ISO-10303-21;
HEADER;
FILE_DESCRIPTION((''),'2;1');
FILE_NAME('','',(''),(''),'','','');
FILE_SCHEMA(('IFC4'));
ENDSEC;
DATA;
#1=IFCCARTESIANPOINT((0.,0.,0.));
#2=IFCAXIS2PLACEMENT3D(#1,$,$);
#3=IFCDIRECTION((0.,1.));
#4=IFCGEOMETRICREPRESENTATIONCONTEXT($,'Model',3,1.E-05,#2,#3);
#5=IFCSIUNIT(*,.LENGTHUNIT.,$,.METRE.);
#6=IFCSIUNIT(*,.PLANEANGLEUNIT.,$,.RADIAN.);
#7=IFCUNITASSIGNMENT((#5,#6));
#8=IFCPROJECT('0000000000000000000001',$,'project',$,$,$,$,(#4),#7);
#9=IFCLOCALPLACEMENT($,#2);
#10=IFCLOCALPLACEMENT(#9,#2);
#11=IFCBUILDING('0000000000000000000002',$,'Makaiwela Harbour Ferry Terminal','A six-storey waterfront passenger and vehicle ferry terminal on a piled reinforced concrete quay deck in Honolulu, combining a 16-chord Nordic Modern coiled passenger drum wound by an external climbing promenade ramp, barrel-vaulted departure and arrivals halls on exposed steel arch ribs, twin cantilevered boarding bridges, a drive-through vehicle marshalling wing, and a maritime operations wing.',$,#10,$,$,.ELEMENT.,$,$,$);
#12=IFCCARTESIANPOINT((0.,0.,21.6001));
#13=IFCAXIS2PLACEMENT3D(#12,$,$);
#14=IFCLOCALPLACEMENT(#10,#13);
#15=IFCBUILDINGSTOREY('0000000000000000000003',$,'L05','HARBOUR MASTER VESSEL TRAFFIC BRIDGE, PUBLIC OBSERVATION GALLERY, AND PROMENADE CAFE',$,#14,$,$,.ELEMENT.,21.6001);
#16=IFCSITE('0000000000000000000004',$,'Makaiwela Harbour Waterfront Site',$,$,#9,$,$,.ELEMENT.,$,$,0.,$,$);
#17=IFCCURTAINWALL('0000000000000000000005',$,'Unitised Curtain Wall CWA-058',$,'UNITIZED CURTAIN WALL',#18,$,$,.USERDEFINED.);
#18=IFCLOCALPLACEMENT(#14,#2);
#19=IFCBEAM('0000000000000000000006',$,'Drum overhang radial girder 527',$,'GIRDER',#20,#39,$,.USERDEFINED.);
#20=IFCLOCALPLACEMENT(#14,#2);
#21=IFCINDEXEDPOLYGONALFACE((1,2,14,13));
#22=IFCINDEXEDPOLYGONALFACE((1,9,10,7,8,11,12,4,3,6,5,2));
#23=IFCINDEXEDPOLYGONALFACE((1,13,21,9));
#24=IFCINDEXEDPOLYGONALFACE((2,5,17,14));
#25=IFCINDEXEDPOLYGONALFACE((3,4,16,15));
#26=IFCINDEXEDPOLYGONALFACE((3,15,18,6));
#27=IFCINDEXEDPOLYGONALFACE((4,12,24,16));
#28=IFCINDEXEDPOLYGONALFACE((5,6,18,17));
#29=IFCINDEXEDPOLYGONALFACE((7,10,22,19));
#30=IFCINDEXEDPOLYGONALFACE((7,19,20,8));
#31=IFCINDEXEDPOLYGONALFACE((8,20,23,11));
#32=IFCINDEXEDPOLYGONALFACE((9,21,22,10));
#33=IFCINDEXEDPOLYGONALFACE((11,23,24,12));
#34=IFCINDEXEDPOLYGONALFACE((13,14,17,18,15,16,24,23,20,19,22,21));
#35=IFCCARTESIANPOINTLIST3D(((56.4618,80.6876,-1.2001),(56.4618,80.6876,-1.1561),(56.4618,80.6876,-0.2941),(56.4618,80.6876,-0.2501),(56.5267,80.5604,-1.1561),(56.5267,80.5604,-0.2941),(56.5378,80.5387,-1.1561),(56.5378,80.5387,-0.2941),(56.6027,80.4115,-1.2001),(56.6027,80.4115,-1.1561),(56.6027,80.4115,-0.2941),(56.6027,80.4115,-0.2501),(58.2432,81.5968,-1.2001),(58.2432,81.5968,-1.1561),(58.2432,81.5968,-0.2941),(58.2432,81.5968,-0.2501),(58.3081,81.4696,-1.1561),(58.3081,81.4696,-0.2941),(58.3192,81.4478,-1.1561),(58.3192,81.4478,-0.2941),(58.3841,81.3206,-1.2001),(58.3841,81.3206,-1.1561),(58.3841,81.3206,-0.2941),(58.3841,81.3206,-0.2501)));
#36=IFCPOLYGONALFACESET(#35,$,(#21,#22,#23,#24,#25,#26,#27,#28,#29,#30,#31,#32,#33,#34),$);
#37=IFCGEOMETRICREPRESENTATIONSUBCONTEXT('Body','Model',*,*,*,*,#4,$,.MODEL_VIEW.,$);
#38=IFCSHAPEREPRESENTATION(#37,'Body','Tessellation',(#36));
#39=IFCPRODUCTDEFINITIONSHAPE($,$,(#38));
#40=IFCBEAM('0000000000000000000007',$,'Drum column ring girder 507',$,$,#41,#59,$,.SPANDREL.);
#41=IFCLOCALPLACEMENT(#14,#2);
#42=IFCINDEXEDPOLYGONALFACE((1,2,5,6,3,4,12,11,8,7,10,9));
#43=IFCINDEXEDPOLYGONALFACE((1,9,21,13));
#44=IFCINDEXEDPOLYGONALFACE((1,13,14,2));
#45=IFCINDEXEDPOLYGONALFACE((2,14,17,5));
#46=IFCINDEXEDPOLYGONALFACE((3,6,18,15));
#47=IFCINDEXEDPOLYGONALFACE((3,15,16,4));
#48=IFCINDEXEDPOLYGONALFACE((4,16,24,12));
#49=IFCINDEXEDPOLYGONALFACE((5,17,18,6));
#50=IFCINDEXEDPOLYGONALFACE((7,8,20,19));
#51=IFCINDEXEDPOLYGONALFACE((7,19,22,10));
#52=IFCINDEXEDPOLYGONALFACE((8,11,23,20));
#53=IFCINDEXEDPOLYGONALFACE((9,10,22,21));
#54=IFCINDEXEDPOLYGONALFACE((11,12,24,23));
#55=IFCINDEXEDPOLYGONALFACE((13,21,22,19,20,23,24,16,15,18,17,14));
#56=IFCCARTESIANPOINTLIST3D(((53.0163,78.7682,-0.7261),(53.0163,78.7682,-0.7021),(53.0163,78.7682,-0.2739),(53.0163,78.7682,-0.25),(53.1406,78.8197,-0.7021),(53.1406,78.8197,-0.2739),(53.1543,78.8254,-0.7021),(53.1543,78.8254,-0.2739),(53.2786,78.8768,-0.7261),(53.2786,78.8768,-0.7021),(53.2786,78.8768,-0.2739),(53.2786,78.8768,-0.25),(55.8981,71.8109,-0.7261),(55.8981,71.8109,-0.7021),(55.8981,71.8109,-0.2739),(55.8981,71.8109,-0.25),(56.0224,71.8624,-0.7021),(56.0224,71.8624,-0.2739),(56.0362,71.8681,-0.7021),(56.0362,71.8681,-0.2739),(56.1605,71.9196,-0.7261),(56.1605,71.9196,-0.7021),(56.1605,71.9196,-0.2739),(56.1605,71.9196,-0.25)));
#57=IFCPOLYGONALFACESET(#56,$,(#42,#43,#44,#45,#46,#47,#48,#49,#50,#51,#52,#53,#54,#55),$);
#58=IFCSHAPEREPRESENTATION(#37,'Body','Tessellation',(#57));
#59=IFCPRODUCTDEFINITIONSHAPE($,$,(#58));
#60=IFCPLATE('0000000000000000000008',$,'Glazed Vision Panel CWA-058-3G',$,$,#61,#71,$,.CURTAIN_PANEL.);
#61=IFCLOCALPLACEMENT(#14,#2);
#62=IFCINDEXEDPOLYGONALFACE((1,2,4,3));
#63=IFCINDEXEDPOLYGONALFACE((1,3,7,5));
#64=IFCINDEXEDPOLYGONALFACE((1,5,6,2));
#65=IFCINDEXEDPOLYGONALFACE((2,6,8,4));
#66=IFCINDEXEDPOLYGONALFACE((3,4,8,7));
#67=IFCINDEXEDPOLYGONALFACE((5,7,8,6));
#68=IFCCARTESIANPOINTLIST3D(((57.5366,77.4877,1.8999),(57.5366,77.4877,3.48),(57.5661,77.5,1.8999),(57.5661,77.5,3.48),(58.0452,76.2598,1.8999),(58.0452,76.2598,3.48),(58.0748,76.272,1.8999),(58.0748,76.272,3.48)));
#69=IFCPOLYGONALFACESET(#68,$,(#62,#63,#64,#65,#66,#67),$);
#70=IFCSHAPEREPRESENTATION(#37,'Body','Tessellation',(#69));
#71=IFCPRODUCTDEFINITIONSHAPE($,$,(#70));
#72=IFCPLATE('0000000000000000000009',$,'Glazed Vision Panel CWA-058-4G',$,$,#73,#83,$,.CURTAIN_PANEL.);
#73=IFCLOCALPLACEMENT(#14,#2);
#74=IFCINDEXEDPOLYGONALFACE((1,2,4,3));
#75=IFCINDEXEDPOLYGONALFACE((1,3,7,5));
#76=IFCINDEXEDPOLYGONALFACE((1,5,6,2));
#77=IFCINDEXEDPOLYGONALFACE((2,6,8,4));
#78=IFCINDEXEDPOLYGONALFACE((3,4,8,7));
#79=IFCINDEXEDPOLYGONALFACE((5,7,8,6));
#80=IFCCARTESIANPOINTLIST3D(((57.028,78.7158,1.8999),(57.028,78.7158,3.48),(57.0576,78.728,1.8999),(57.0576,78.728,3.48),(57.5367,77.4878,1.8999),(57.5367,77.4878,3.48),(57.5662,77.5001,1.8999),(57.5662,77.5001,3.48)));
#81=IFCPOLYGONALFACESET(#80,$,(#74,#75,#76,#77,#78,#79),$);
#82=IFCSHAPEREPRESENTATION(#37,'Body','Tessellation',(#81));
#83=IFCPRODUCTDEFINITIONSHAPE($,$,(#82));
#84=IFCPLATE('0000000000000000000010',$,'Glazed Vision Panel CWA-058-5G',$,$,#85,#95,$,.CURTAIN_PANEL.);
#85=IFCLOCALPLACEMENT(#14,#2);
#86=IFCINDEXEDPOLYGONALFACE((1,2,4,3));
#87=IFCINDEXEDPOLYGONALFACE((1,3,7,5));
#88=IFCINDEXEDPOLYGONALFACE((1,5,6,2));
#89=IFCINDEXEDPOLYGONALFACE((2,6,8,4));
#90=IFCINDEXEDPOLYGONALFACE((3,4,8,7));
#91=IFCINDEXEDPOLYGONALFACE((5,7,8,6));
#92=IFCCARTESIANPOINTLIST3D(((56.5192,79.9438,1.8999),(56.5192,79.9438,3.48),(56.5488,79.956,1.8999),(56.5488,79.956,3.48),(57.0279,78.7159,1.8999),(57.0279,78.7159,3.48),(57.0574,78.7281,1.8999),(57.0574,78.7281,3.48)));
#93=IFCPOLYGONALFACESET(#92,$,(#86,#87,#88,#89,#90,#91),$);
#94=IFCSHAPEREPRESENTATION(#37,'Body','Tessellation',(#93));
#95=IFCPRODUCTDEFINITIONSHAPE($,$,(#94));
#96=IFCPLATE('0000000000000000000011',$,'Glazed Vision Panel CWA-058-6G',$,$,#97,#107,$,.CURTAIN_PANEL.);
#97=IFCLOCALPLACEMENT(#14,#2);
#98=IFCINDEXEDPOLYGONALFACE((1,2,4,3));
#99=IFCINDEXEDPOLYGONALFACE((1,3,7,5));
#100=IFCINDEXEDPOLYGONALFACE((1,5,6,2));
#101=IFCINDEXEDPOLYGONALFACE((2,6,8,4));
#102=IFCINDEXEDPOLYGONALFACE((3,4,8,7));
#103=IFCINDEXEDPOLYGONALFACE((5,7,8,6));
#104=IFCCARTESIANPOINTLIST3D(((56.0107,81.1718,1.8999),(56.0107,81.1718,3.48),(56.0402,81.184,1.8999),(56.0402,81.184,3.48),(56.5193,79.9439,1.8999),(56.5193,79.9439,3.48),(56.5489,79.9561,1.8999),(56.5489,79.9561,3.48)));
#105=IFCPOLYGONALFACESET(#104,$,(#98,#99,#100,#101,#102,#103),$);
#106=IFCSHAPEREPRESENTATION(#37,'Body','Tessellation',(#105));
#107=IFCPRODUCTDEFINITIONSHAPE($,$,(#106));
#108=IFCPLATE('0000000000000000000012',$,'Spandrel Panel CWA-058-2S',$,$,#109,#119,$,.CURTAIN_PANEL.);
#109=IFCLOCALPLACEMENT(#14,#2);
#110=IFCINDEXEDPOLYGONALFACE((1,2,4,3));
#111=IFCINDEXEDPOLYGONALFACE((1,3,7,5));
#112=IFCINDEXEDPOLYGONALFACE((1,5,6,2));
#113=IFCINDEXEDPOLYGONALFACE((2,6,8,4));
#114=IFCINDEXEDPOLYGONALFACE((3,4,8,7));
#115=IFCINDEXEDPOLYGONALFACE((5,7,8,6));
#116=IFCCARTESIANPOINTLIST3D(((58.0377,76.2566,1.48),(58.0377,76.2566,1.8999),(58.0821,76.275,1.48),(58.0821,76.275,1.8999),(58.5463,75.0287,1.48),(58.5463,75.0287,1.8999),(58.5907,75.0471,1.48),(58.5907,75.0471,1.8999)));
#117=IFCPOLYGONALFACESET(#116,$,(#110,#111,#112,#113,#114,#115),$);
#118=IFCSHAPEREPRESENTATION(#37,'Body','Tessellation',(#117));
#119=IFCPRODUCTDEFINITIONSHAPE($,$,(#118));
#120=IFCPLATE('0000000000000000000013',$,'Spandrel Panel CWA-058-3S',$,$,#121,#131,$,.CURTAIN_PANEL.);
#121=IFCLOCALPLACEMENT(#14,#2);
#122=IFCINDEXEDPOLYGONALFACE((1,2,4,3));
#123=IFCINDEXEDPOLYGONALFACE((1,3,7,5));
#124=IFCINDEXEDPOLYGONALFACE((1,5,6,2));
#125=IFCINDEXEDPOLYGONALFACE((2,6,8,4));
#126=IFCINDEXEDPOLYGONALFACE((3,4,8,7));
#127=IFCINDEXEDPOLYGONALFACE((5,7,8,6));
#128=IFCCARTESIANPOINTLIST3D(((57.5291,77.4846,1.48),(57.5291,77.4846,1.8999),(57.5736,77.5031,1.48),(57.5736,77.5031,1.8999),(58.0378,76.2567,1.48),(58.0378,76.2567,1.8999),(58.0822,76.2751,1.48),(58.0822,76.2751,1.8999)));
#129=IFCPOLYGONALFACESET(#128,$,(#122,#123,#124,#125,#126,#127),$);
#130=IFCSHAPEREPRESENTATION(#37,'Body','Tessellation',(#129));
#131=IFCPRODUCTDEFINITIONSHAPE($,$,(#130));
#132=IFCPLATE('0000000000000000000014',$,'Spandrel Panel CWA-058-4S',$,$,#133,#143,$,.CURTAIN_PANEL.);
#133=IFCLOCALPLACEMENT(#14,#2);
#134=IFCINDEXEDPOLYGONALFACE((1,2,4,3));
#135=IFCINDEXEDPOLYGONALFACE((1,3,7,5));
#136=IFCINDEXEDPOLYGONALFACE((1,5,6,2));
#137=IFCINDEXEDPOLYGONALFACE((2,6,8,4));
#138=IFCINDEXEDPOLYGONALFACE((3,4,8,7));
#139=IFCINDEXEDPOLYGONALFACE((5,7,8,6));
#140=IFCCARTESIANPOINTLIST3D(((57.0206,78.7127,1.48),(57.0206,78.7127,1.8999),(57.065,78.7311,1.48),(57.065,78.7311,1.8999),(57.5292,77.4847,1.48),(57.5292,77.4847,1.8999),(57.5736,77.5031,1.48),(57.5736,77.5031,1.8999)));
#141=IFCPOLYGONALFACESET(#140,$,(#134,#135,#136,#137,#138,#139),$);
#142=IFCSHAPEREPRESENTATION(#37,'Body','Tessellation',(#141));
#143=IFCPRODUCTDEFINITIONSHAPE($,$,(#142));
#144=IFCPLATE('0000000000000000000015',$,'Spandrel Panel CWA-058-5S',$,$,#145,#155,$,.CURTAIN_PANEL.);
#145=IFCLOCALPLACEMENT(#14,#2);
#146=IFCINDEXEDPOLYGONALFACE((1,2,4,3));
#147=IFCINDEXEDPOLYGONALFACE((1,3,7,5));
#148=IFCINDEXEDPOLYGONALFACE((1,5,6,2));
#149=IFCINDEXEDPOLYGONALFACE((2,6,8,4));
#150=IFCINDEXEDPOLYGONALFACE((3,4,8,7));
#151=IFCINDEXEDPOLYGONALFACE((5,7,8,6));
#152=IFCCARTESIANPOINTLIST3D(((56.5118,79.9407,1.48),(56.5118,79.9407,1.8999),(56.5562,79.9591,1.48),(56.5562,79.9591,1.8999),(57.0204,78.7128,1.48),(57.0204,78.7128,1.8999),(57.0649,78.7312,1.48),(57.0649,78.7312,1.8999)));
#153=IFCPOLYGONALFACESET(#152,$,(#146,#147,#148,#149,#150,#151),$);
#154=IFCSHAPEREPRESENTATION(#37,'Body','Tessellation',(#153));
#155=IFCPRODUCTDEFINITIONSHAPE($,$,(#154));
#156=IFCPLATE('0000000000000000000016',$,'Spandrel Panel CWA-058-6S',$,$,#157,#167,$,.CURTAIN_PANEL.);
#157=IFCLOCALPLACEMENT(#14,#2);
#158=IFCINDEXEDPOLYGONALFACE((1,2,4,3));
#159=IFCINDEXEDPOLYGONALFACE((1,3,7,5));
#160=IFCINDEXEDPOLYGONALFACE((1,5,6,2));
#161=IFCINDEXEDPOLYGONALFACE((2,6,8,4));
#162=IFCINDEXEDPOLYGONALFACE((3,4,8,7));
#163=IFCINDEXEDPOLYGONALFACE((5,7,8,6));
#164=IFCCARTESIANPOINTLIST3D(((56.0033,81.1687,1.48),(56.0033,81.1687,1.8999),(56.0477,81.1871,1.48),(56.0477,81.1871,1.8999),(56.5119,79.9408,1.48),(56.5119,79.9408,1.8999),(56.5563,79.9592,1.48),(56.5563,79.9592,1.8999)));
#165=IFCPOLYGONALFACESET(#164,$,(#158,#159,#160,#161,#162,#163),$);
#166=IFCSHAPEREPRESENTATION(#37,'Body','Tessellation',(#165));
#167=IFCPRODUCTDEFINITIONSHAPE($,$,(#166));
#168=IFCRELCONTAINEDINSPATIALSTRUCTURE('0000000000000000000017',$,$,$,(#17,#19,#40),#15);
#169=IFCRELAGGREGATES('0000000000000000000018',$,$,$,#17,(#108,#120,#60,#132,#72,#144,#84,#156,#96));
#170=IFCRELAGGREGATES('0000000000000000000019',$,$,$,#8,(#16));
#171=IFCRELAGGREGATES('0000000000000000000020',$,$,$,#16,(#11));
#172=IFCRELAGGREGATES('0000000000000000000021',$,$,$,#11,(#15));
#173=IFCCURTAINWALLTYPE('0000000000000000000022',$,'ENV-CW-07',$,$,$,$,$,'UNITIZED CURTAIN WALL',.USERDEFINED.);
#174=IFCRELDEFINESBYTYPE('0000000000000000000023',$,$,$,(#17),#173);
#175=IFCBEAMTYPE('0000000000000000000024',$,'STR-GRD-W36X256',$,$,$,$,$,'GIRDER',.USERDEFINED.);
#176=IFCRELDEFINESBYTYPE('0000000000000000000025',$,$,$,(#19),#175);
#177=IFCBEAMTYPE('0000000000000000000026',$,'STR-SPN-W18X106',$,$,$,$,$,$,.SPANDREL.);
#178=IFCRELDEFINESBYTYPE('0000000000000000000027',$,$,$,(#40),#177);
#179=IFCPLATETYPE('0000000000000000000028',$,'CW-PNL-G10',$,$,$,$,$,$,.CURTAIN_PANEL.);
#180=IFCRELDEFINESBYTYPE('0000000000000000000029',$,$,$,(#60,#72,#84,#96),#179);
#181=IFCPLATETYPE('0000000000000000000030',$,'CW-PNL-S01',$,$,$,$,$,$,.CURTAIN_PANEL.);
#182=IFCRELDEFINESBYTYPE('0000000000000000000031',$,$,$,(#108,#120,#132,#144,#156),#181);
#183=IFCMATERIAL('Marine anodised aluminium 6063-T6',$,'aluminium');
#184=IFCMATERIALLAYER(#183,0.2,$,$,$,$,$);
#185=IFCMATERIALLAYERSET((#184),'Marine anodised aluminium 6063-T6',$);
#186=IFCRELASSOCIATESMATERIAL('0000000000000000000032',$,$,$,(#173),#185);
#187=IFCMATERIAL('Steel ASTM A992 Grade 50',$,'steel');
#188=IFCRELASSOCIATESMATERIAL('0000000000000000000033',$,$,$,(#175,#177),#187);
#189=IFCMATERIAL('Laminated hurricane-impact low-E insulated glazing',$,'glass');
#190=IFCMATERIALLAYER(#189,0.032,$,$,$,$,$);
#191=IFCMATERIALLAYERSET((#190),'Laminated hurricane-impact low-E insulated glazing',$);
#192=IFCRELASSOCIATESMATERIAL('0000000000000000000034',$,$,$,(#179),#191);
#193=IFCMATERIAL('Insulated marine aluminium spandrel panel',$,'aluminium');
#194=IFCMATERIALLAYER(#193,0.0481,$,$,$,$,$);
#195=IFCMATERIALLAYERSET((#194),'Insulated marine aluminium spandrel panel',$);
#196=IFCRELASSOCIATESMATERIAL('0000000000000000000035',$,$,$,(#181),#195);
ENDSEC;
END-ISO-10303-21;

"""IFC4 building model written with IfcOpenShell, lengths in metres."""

from ifc_helpers import new_model, si_unit, direction, frame, origin, origin_2d, place, context, subcontext, project, spatial, rectangle, i_section, extrude, material, layer, layer_set, material_profile, profile_set, type_object, element, aggregate, save


model = new_model("IFC4")

# Units and contexts
model_context = context("Model", 3, precision=1e-05, world=origin(), true_north=direction((0.0, 1.0)))
body_context = subcontext(model_context, "Body", "Model", "MODEL_VIEW")
ifc_project = project(units=[si_unit("LENGTHUNIT", "METRE"), si_unit("PLANEANGLEUNIT", "RADIAN")], contexts=[model_context])

# Site, building, storey
site_placement = place(None, origin())
site = spatial("IfcSite", under=ifc_project, at=site_placement, Name="Makaiwela Harbour Waterfront Site", CompositionType="ELEMENT", RefElevation=0.0)
building_placement = place(site_placement, origin())
building = spatial("IfcBuilding", under=site, at=building_placement, Name="Makaiwela Harbour Ferry Terminal", Description="A six-storey waterfront passenger and vehicle ferry terminal on a piled reinforced concrete quay deck in Honolulu, combining a 16-chord Nordic Modern coiled passenger drum wound by an external climbing promenade ramp, barrel-vaulted departure and arrivals halls on exposed steel arch ribs, twin cantilevered boarding bridges, a drive-through vehicle marshalling wing, and a maritime operations wing.", CompositionType="ELEMENT")
storey_placement = place(building_placement, frame((0.0, 0.0, 21.6001)))
storey = spatial("IfcBuildingStorey", under=building, at=storey_placement, Name="L05", Description="HARBOUR MASTER VESSEL TRAFFIC BRIDGE, PUBLIC OBSERVATION GALLERY, AND PROMENADE CAFE", CompositionType="ELEMENT", Elevation=21.6001)

# Shared definitions
ifc_material_1 = material(Name="Steel ASTM A992 Grade 50", Category="steel")

# Curtain wall
ifc_material_2 = material(Name="Marine anodised aluminium 6063-T6", Category="aluminium")
ifc_layer_1 = layer(ifc_material_2, 0.2)
ifc_layer_set_1 = layer_set([ifc_layer_1], Name="Marine anodised aluminium 6063-T6")
curtain_wall_type = type_object("IfcCurtainWallType", Name="ENV-CW-07", ElementType="UNITIZED CURTAIN WALL", PredefinedType="USERDEFINED", material=ifc_layer_set_1)
curtain_wall_placement = place(storey_placement, origin())
curtain_wall = element("IfcCurtainWall", 1, at=curtain_wall_placement, inside=storey, type_object=curtain_wall_type, Name="Unitised Curtain Wall CWA-058", ObjectType="UNITIZED CURTAIN WALL", PredefinedType="USERDEFINED")

# Beams
ifc_material_profile_1 = material_profile(ifc_material_1, i_section(OverallWidth=0.3101, OverallDepth=0.95, WebThickness=0.0244, FlangeThickness=0.0439, at=origin_2d()), Name="W36X256")
ifc_profile_set_1 = profile_set([ifc_material_profile_1], Name="Steel ASTM A992 Grade 50")
beam_type_1 = type_object("IfcBeamType", Name="STR-GRD-W36X256", ElementType="GIRDER", PredefinedType="USERDEFINED", material=ifc_profile_set_1)
beam_1_placement = place(storey_placement, frame((56.5322, 80.5496, -0.7251), z_axis=(0.89071, 0.454571, 0.0), x_axis=(-0.454571, 0.89071, 0.0)))
element("IfcBeam", 2, at=beam_1_placement, inside=storey, type_object=beam_type_1, Name="Drum overhang radial girder 527", ObjectType="GIRDER", PredefinedType="USERDEFINED", context=body_context, shape_type="SweptSolid", body=[
    extrude(i_section(OverallWidth=0.3101, OverallDepth=0.95, WebThickness=0.0244, FlangeThickness=0.0439, at=origin_2d()), origin(), (0.0, 0.0, 1.0), 2.0),
])
ifc_material_profile_2 = material_profile(ifc_material_1, i_section(OverallWidth=0.2839, OverallDepth=0.4761, WebThickness=0.0149, FlangeThickness=0.0239, at=origin_2d()), Name="W18X106")
ifc_profile_set_2 = profile_set([ifc_material_profile_2], Name="Steel ASTM A992 Grade 50")
beam_type_2 = type_object("IfcBeamType", Name="STR-SPN-W18X106", PredefinedType="SPANDREL", material=ifc_profile_set_2)
beam_2_placement = place(storey_placement, frame((56.0293, 71.8652, -0.488), z_axis=(-0.382688, 0.923878, 0.0), x_axis=(-0.923878, -0.382688, 0.0)))
element("IfcBeam", 3, at=beam_2_placement, inside=storey, type_object=beam_type_2, Name="Drum column ring girder 507", PredefinedType="SPANDREL", context=body_context, shape_type="SweptSolid", body=[
    extrude(i_section(OverallWidth=0.2839, OverallDepth=0.4761, WebThickness=0.0149, FlangeThickness=0.0239, at=origin_2d()), origin(), (0.0, 0.0, 1.0), 7.5305),
])

# Plates
ifc_material_3 = material(Name="Laminated hurricane-impact low-E insulated glazing", Category="glass")
ifc_layer_2 = layer(ifc_material_3, 0.032)
ifc_layer_set_2 = layer_set([ifc_layer_2], Name="Laminated hurricane-impact low-E insulated glazing")
plate_type_1 = type_object("IfcPlateType", Name="CW-PNL-G10", PredefinedType="CURTAIN_PANEL", material=ifc_layer_set_2)
plate_1_placement = place(storey_placement, frame((57.8057, 76.8799, 1.8999), z_axis=(0.0, 0.0, 1.0), x_axis=(-0.382683, 0.92388, 0.0)))
plate_1 = element("IfcPlate", 4, at=plate_1_placement, type_object=plate_type_1, Name="Glazed Vision Panel CWA-058-3G", PredefinedType="CURTAIN_PANEL", context=body_context, shape_type="SweptSolid", body=[
    extrude(rectangle(XDim=1.3291, YDim=0.032, at=origin_2d()), origin(), (0.0, 0.0, 1.0), 1.5801),
])
plate_2_placement = place(storey_placement, frame((57.2971, 78.1079, 1.8999), z_axis=(0.0, 0.0, 1.0), x_axis=(-0.382683, 0.92388, 0.0)))
plate_2 = element("IfcPlate", 5, at=plate_2_placement, type_object=plate_type_1, Name="Glazed Vision Panel CWA-058-4G", PredefinedType="CURTAIN_PANEL", context=body_context, shape_type="SweptSolid", body=[
    extrude(rectangle(XDim=1.3291, YDim=0.032, at=origin_2d()), origin(), (0.0, 0.0, 1.0), 1.5801),
])
plate_3_placement = place(storey_placement, frame((56.7883, 79.3359, 1.8999), z_axis=(0.0, 0.0, 1.0), x_axis=(-0.382683, 0.92388, 0.0)))
plate_3 = element("IfcPlate", 6, at=plate_3_placement, type_object=plate_type_1, Name="Glazed Vision Panel CWA-058-5G", PredefinedType="CURTAIN_PANEL", context=body_context, shape_type="SweptSolid", body=[
    extrude(rectangle(XDim=1.3291, YDim=0.032, at=origin_2d()), origin(), (0.0, 0.0, 1.0), 1.5801),
])
plate_4_placement = place(storey_placement, frame((56.2798, 80.564, 1.8999), z_axis=(0.0, 0.0, 1.0), x_axis=(-0.382683, 0.92388, 0.0)))
plate_4 = element("IfcPlate", 7, at=plate_4_placement, type_object=plate_type_1, Name="Glazed Vision Panel CWA-058-6G", PredefinedType="CURTAIN_PANEL", context=body_context, shape_type="SweptSolid", body=[
    extrude(rectangle(XDim=1.3291, YDim=0.032, at=origin_2d()), origin(), (0.0, 0.0, 1.0), 1.5801),
])
ifc_material_4 = material(Name="Insulated marine aluminium spandrel panel", Category="aluminium")
ifc_layer_3 = layer(ifc_material_4, 0.0481)
ifc_layer_set_3 = layer_set([ifc_layer_3], Name="Insulated marine aluminium spandrel panel")
plate_type_2 = type_object("IfcPlateType", Name="CW-PNL-S01", PredefinedType="CURTAIN_PANEL", material=ifc_layer_set_3)
plate_5_placement = place(storey_placement, frame((58.3142, 75.6519, 1.48), z_axis=(0.0, 0.0, 1.0), x_axis=(-0.382683, 0.92388, 0.0)))
plate_5 = element("IfcPlate", 8, at=plate_5_placement, type_object=plate_type_2, Name="Spandrel Panel CWA-058-2S", PredefinedType="CURTAIN_PANEL", context=body_context, shape_type="SweptSolid", body=[
    extrude(rectangle(XDim=1.3291, YDim=0.0481, at=origin_2d()), origin(), (0.0, 0.0, 1.0), 0.4199),
])
plate_6_placement = place(storey_placement, frame((57.8057, 76.8799, 1.48), z_axis=(0.0, 0.0, 1.0), x_axis=(-0.382683, 0.92388, 0.0)))
plate_6 = element("IfcPlate", 9, at=plate_6_placement, type_object=plate_type_2, Name="Spandrel Panel CWA-058-3S", PredefinedType="CURTAIN_PANEL", context=body_context, shape_type="SweptSolid", body=[
    extrude(rectangle(XDim=1.3291, YDim=0.0481, at=origin_2d()), origin(), (0.0, 0.0, 1.0), 0.4199),
])
plate_7_placement = place(storey_placement, frame((57.2971, 78.1079, 1.48), z_axis=(0.0, 0.0, 1.0), x_axis=(-0.382683, 0.92388, 0.0)))
plate_7 = element("IfcPlate", 10, at=plate_7_placement, type_object=plate_type_2, Name="Spandrel Panel CWA-058-4S", PredefinedType="CURTAIN_PANEL", context=body_context, shape_type="SweptSolid", body=[
    extrude(rectangle(XDim=1.3291, YDim=0.0481, at=origin_2d()), origin(), (0.0, 0.0, 1.0), 0.4199),
])
plate_8_placement = place(storey_placement, frame((56.7883, 79.3359, 1.48), z_axis=(0.0, 0.0, 1.0), x_axis=(-0.382683, 0.92388, 0.0)))
plate_8 = element("IfcPlate", 11, at=plate_8_placement, type_object=plate_type_2, Name="Spandrel Panel CWA-058-5S", PredefinedType="CURTAIN_PANEL", context=body_context, shape_type="SweptSolid", body=[
    extrude(rectangle(XDim=1.3291, YDim=0.0481, at=origin_2d()), origin(), (0.0, 0.0, 1.0), 0.4199),
])
plate_9_placement = place(storey_placement, frame((56.2798, 80.564, 1.48), z_axis=(0.0, 0.0, 1.0), x_axis=(-0.382683, 0.92388, 0.0)))
plate_9 = element("IfcPlate", 12, at=plate_9_placement, type_object=plate_type_2, Name="Spandrel Panel CWA-058-6S", PredefinedType="CURTAIN_PANEL", context=body_context, shape_type="SweptSolid", body=[
    extrude(rectangle(XDim=1.3291, YDim=0.0481, at=origin_2d()), origin(), (0.0, 0.0, 1.0), 0.4199),
])
aggregate(curtain_wall, [plate_5, plate_6, plate_1, plate_7, plate_2, plate_8, plate_3, plate_9, plate_4])

save(model, "model.ifc")
